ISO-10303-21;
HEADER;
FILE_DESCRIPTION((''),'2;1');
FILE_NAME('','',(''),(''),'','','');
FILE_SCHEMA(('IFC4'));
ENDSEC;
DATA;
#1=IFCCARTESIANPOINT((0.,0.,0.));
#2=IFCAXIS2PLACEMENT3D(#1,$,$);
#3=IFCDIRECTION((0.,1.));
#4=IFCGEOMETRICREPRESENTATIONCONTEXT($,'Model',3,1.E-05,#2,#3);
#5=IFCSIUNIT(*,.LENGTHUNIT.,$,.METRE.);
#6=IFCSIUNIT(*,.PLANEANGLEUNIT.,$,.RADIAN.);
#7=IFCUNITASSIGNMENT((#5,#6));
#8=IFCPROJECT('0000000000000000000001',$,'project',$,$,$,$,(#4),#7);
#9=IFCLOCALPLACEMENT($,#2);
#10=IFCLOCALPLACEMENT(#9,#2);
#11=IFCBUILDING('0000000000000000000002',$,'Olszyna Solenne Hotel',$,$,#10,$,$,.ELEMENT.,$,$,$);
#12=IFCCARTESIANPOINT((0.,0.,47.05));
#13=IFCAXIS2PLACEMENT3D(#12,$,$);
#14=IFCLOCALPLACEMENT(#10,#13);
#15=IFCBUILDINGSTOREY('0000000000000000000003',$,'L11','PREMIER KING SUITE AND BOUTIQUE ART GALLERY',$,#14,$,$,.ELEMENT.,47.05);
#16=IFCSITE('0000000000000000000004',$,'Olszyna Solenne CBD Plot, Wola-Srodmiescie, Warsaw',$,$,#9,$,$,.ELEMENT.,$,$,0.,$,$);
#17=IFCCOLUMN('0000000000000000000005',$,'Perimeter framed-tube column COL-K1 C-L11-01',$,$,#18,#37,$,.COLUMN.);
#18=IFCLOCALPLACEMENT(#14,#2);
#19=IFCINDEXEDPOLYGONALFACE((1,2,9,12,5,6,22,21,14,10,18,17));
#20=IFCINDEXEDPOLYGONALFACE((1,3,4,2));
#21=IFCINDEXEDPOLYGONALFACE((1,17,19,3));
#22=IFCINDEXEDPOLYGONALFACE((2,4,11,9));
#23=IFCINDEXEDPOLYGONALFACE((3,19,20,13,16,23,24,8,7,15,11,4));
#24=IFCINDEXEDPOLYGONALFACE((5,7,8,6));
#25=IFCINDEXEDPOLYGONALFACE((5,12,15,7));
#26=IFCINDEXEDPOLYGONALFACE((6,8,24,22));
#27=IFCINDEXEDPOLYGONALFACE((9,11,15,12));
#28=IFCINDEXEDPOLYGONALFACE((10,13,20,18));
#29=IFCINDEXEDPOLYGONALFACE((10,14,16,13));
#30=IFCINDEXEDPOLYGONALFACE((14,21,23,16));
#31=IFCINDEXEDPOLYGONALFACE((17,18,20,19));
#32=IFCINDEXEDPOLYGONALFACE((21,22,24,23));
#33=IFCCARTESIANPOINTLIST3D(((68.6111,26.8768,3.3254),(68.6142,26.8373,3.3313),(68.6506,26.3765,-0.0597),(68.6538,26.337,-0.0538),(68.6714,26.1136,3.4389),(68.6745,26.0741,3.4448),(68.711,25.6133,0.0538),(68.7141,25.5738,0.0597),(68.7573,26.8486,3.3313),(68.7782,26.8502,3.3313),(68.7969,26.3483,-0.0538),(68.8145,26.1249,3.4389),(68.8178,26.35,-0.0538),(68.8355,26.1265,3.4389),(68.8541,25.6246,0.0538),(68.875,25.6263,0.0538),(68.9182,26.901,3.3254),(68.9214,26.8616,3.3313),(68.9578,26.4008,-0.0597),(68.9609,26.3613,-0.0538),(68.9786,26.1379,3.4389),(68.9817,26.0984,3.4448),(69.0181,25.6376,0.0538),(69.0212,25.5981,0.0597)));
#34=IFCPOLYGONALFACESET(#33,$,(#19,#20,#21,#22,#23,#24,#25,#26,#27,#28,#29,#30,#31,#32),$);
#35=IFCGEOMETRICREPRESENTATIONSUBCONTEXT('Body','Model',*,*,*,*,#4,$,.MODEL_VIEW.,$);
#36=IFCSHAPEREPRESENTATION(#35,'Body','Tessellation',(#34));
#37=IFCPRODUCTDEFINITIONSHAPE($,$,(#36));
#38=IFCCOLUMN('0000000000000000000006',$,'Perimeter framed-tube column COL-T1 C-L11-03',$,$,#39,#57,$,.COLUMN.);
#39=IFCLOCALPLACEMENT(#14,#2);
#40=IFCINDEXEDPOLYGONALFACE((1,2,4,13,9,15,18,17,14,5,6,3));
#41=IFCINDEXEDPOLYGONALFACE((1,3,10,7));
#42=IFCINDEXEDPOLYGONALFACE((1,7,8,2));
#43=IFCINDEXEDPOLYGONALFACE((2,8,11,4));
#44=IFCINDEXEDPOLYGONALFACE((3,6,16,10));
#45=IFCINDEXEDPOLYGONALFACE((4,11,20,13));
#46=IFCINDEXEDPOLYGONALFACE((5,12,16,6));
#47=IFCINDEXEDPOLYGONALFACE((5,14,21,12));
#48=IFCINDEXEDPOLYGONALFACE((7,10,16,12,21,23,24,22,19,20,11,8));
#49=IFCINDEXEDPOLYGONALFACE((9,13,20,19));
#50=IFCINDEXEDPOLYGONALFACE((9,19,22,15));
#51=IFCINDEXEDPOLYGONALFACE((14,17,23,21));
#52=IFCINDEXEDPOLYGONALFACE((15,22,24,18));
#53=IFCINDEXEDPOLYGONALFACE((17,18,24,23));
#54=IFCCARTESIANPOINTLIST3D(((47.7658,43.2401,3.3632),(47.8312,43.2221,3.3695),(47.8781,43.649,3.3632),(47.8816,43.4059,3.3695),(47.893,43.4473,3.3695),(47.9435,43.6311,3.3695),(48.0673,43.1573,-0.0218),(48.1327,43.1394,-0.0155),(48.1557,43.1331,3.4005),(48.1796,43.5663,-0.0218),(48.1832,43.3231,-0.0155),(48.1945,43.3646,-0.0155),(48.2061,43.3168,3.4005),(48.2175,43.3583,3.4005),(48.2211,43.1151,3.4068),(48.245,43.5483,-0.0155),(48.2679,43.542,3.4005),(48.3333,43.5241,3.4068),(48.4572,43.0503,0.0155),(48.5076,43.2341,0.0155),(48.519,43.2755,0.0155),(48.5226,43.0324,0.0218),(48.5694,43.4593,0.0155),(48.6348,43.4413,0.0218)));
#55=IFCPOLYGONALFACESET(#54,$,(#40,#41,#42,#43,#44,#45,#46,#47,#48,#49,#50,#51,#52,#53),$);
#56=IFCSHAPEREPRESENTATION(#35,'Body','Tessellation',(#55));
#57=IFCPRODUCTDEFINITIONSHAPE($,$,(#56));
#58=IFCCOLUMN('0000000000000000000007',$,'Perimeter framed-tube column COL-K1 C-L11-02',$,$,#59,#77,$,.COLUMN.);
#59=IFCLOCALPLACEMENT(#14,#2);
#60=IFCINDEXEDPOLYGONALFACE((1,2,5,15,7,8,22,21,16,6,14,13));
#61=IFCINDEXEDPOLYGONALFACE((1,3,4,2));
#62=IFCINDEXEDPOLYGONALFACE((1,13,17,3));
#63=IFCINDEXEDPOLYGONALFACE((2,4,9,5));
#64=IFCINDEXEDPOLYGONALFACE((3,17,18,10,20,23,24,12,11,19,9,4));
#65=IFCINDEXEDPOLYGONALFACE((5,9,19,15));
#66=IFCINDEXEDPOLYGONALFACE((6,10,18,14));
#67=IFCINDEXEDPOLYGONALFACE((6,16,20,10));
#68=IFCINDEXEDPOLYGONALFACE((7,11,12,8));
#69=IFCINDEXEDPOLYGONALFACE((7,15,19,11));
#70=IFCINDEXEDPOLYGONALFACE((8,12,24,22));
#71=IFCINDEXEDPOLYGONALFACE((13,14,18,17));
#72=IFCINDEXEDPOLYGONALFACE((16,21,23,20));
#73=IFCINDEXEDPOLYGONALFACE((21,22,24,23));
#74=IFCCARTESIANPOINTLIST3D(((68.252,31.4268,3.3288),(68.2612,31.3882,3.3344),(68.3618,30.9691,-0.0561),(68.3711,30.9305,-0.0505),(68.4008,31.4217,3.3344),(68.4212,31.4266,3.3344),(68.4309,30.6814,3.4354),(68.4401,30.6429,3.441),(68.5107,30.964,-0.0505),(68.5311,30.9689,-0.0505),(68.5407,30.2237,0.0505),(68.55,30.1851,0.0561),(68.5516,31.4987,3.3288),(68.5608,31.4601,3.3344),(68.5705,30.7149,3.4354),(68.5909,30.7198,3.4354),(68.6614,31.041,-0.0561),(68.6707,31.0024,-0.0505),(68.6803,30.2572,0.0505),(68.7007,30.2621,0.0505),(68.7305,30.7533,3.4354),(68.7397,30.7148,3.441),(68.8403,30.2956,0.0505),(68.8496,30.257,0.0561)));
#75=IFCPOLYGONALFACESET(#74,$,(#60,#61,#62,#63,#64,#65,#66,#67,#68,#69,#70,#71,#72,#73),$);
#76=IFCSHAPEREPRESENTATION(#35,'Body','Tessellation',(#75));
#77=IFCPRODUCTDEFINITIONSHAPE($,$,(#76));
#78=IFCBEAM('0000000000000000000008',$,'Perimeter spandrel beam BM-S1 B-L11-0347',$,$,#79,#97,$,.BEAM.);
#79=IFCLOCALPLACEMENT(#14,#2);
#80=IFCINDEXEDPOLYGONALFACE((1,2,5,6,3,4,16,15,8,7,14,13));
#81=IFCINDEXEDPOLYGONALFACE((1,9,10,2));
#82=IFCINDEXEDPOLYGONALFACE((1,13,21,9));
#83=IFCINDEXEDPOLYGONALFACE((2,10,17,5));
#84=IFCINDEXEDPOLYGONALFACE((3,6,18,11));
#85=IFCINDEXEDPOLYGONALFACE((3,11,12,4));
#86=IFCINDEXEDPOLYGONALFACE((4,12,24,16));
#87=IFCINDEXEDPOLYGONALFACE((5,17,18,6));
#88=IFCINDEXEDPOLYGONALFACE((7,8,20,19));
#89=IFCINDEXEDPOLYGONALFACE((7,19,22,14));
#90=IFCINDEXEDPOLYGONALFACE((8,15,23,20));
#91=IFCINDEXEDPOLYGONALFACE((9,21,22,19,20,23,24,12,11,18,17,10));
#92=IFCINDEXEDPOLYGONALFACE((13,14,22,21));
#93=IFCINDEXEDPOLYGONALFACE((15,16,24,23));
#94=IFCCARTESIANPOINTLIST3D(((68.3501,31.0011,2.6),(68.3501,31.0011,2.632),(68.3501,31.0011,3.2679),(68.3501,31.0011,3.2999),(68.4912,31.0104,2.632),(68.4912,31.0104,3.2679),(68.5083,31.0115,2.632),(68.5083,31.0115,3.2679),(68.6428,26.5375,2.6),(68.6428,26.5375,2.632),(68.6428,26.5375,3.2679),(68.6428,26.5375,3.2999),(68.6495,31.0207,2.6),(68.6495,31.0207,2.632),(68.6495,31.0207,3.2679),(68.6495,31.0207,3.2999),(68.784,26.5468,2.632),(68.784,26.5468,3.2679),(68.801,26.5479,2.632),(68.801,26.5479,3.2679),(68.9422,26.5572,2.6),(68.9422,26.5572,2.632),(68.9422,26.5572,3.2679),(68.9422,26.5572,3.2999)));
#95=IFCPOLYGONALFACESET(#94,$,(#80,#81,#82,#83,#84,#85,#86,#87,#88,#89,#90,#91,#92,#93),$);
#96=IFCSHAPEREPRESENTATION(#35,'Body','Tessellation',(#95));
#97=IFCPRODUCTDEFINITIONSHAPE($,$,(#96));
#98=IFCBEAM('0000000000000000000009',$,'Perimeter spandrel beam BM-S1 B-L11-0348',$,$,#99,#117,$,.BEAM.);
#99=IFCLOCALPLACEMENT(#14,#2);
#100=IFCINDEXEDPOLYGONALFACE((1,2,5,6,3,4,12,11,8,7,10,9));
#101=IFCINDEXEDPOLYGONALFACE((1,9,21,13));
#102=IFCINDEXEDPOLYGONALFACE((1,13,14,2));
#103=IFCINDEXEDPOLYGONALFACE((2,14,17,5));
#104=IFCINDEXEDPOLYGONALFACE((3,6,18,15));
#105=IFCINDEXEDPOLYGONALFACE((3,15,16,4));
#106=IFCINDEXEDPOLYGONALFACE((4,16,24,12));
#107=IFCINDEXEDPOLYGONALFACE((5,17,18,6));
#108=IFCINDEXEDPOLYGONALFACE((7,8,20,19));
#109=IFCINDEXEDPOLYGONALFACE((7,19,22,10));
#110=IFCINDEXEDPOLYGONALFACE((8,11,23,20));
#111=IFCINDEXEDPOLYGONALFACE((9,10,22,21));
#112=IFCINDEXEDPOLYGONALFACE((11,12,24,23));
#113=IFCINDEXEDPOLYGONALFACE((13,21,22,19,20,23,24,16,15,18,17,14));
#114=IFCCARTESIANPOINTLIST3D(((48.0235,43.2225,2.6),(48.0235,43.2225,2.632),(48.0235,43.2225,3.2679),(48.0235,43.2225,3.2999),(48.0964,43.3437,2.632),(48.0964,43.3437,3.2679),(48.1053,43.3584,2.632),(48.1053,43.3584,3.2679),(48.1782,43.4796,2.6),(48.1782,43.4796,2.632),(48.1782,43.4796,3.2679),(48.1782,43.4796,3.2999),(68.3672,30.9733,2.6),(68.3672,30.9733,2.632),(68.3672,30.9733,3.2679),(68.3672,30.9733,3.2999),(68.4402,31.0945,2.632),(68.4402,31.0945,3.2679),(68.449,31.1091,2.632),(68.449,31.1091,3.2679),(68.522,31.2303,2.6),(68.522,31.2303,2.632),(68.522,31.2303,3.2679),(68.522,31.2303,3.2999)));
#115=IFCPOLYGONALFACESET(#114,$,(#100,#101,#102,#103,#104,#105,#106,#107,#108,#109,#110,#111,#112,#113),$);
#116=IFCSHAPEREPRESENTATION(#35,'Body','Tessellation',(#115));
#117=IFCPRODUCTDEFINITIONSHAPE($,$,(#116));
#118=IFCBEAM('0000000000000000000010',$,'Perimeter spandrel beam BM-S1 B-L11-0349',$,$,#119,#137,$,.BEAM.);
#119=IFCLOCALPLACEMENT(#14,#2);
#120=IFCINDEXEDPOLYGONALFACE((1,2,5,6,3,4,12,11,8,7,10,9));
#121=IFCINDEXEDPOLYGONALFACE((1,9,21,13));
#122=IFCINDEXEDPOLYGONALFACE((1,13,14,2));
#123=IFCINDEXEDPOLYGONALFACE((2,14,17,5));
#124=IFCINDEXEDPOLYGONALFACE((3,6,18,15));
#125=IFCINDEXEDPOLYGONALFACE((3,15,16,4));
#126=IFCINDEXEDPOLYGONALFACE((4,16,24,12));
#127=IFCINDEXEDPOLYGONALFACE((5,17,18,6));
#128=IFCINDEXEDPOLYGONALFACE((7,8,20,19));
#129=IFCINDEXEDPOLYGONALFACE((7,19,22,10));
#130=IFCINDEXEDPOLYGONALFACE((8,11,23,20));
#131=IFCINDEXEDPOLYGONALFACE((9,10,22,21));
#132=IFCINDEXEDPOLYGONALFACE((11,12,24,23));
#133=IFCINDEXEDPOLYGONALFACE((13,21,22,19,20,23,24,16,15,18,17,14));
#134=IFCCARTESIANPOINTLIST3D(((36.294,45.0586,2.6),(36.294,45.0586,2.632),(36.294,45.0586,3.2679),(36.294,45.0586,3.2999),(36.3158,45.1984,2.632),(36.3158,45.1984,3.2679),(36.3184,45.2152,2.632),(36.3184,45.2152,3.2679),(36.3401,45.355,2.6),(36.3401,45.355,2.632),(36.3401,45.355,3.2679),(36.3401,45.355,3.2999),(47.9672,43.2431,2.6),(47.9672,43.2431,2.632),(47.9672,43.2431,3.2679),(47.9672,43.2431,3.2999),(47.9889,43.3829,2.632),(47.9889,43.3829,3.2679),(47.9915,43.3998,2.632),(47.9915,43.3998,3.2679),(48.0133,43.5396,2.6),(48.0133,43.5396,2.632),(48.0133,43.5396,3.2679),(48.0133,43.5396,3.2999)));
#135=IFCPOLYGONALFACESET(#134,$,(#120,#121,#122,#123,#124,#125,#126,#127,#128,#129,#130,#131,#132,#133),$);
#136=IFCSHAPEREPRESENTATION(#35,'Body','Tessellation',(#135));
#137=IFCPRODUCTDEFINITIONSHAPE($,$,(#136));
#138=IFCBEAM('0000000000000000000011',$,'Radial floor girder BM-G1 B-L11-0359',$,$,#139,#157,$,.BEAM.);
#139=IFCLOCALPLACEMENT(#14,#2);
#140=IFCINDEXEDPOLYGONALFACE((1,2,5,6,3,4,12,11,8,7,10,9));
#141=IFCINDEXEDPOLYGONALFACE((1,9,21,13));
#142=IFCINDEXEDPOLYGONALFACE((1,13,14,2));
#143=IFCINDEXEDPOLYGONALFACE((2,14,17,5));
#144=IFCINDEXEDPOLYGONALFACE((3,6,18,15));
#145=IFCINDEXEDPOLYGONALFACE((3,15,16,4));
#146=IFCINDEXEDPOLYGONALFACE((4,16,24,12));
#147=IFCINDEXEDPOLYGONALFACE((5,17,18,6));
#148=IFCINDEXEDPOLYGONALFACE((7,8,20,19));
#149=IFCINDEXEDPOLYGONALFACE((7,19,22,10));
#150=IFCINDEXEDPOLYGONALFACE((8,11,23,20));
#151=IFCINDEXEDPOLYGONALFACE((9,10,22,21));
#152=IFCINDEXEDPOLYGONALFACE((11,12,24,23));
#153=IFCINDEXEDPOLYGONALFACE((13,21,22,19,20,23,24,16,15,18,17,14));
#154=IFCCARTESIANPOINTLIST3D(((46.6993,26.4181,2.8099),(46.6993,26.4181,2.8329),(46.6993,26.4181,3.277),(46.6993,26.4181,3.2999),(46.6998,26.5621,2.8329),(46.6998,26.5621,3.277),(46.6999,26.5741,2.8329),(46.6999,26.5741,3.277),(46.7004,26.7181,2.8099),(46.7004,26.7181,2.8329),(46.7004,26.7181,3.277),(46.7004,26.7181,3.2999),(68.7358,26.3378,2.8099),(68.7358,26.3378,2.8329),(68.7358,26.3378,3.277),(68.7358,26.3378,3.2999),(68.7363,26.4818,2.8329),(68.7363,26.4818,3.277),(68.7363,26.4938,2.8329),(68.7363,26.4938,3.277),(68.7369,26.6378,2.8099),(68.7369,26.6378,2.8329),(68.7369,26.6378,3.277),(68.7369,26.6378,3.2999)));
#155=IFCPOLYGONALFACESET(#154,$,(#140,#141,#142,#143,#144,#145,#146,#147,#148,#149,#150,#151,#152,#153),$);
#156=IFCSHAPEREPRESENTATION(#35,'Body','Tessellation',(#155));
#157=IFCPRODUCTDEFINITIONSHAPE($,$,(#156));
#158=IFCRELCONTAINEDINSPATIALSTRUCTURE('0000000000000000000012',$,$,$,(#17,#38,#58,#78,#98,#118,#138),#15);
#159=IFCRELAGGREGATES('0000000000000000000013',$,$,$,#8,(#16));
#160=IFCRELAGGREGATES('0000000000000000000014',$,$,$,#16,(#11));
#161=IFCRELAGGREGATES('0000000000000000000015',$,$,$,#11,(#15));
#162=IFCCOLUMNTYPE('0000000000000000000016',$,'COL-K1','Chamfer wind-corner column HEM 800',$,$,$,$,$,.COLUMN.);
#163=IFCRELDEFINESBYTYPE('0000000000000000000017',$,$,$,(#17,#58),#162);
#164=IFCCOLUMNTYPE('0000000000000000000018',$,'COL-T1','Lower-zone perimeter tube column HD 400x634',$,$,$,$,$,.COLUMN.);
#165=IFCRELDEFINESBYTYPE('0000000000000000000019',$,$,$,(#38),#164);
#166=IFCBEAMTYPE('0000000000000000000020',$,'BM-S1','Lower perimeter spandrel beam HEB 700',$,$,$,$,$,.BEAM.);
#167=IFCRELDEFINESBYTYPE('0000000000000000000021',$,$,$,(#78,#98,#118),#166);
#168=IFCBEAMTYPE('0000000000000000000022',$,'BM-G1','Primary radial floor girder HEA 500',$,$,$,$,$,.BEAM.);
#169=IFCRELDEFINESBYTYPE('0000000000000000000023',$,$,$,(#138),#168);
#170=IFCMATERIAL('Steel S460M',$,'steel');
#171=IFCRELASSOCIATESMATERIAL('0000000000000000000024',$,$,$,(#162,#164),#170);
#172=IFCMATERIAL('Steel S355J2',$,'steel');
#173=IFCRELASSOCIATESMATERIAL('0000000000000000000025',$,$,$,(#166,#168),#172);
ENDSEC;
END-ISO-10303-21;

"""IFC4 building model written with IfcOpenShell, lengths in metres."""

from ifc_helpers import new_model, si_unit, direction, frame, origin, origin_2d, place, context, subcontext, project, spatial, i_section, extrude, source, transform, mapped, material, material_profile, profile_set, type_object, element, save


model = new_model("IFC4")

# Units and contexts
model_context = context("Model", 3, precision=1e-05, world=origin(), true_north=direction((0.0, 1.0)))
body_context = subcontext(model_context, "Body", "Model", "MODEL_VIEW")
ifc_project = project(units=[si_unit("LENGTHUNIT", "METRE"), si_unit("PLANEANGLEUNIT", "RADIAN")], contexts=[model_context])

# Site, building, storey
site_placement = place(None, origin())
site = spatial("IfcSite", under=ifc_project, at=site_placement, Name="Olszyna Solenne CBD Plot, Wola-Srodmiescie, Warsaw", CompositionType="ELEMENT", RefElevation=0.0)
building_placement = place(site_placement, origin())
building = spatial("IfcBuilding", under=site, at=building_placement, Name="Olszyna Solenne Hotel", CompositionType="ELEMENT")
storey_placement = place(building_placement, frame((0.0, 0.0, 47.05)))
storey = spatial("IfcBuildingStorey", under=building, at=storey_placement, Name="L11", Description="PREMIER KING SUITE AND BOUTIQUE ART GALLERY", CompositionType="ELEMENT", Elevation=47.05)

# Columns
ifc_material_1 = material(Name="Steel S460M", Category="steel")
ifc_material_profile_1 = material_profile(ifc_material_1, i_section(OverallWidth=0.3081, OverallDepth=0.814, WebThickness=0.021, FlangeThickness=0.04, at=origin_2d()), Name="HEM 800", Category="load-bearing")
ifc_profile_set_1 = profile_set([ifc_material_profile_1], Name="Steel S460M")
column_type_1 = type_object("IfcColumnType", Name="COL-K1", Description="Chamfer wind-corner column HEM 800", PredefinedType="COLUMN", material=ifc_profile_set_1)
shared_shape_1 = source(origin(), body_context, "Body", "SweptSolid", [
    extrude(i_section(OverallWidth=0.3081, OverallDepth=0.814, WebThickness=0.021, FlangeThickness=0.04, at=origin_2d()), origin(), (0.0, 0.0, 1.0), 3.4221),
])
column_1_placement = place(storey_placement, frame((68.8359, 25.9873, 0.0), z_axis=(-0.011558, 0.146185, 0.98919), x_axis=(-0.996889, -0.078817, 0.0)))
element("IfcColumn", 1, at=column_1_placement, inside=storey, type_object=column_type_1, Name="Perimeter framed-tube column COL-K1 C-L11-01", PredefinedType="COLUMN", context=body_context, shape_type="MappedRepresentation", body=[
    mapped(shared_shape_1, transform((0.0, 0.0, 0.0), x_axis=(1.0, 0.0, 0.0), y_axis=(0.0, 1.0, 0.0), z_axis=(0.0, 0.0, 1.0), scale=1.0)),
])
ifc_material_profile_2 = material_profile(ifc_material_1, i_section(OverallWidth=0.4241, OverallDepth=0.4741, WebThickness=0.043, FlangeThickness=0.0681, at=origin_2d()), Name="HD 400x634", Category="load-bearing")
ifc_profile_set_2 = profile_set([ifc_material_profile_2], Name="Steel S460M")
column_type_2 = type_object("IfcColumnType", Name="COL-T1", Description="Lower-zone perimeter tube column HD 400x634", PredefinedType="COLUMN", material=ifc_profile_set_2)
shared_shape_2 = source(origin(), body_context, "Body", "SweptSolid", [
    extrude(i_section(OverallWidth=0.4241, OverallDepth=0.4741, WebThickness=0.043, FlangeThickness=0.0681, at=origin_2d()), origin(), (0.0, 0.0, 1.0), 3.3994),
])
column_2_placement = place(storey_placement, frame((48.3511, 43.2993, 0.0), z_axis=(-0.088696, 0.024346, 0.995761), x_axis=(-0.264703, -0.96433, 0.0)))
element("IfcColumn", 2, at=column_2_placement, inside=storey, type_object=column_type_2, Name="Perimeter framed-tube column COL-T1 C-L11-03", PredefinedType="COLUMN", context=body_context, shape_type="MappedRepresentation", body=[
    mapped(shared_shape_2, transform((0.0, 0.0, 0.0), x_axis=(1.0, 0.0, 0.0), y_axis=(0.0, 1.0, 0.0), z_axis=(0.0, 0.0, 1.0), scale=1.0)),
])
shared_shape_3 = source(origin(), body_context, "Body", "SweptSolid", [
    extrude(i_section(OverallWidth=0.3081, OverallDepth=0.814, WebThickness=0.021, FlangeThickness=0.04, at=origin_2d()), origin(), (0.0, 0.0, 1.0), 3.4175),
])
column_3_placement = place(storey_placement, frame((68.6057, 30.613, 0.0), z_axis=(-0.032146, 0.133943, 0.990467), x_axis=(-0.972387, -0.233373, 0.0)))
element("IfcColumn", 3, at=column_3_placement, inside=storey, type_object=column_type_1, Name="Perimeter framed-tube column COL-K1 C-L11-02", PredefinedType="COLUMN", context=body_context, shape_type="MappedRepresentation", body=[
    mapped(shared_shape_3, transform((0.0, 0.0, 0.0), x_axis=(1.0, 0.0, 0.0), y_axis=(0.0, 1.0, 0.0), z_axis=(0.0, 0.0, 1.0), scale=1.0)),
])

# Beams
ifc_material_2 = material(Name="Steel S355J2", Category="steel")
ifc_material_profile_3 = material_profile(ifc_material_2, i_section(OverallWidth=0.3, OverallDepth=0.7, WebThickness=0.0171, FlangeThickness=0.032, at=origin_2d()), Name="HEB 700", Category="load-bearing")
ifc_profile_set_3 = profile_set([ifc_material_profile_3], Name="Steel S355J2")
beam_type_1 = type_object("IfcBeamType", Name="BM-S1", Description="Lower perimeter spandrel beam HEB 700", PredefinedType="BEAM", material=ifc_profile_set_3)
shared_shape_4 = source(origin(), body_context, "Body", "SweptSolid", [
    extrude(i_section(OverallWidth=0.3, OverallDepth=0.7, WebThickness=0.0171, FlangeThickness=0.032, at=origin_2d()), origin(), (0.0, 0.0, 1.0), 4.4731),
])
beam_1_placement = place(storey_placement, frame((68.7925, 26.5474, 2.95), z_axis=(-0.065439, 0.997857, 0.0), x_axis=(-0.997857, -0.065439, 0.0)))
element("IfcBeam", 4, at=beam_1_placement, inside=storey, type_object=beam_type_1, Name="Perimeter spandrel beam BM-S1 B-L11-0347", PredefinedType="BEAM", context=body_context, shape_type="MappedRepresentation", body=[
    mapped(shared_shape_4, transform((0.0, 0.0, 0.0), x_axis=(1.0, 0.0, 0.0), y_axis=(0.0, 1.0, 0.0), z_axis=(0.0, 0.0, 1.0), scale=1.0)),
])
shared_shape_5 = source(origin(), body_context, "Body", "SweptSolid", [
    extrude(i_section(OverallWidth=0.3, OverallDepth=0.7, WebThickness=0.0171, FlangeThickness=0.032, at=origin_2d()), origin(), (0.0, 0.0, 1.0), 23.7468),
])
beam_2_placement = place(storey_placement, frame((68.4446, 31.1018, 2.95), z_axis=(-0.856693, 0.515827, 0.0), x_axis=(-0.515827, -0.856693, 0.0)))
element("IfcBeam", 5, at=beam_2_placement, inside=storey, type_object=beam_type_1, Name="Perimeter spandrel beam BM-S1 B-L11-0348", PredefinedType="BEAM", context=body_context, shape_type="MappedRepresentation", body=[
    mapped(shared_shape_5, transform((0.0, 0.0, 0.0), x_axis=(1.0, 0.0, 0.0), y_axis=(0.0, 1.0, 0.0), z_axis=(0.0, 0.0, 1.0), scale=1.0)),
])
shared_shape_6 = source(origin(), body_context, "Body", "SweptSolid", [
    extrude(i_section(OverallWidth=0.3, OverallDepth=0.7, WebThickness=0.0171, FlangeThickness=0.032, at=origin_2d()), origin(), (0.0, 0.0, 1.0), 11.8135),
])
beam_3_placement = place(storey_placement, frame((47.9902, 43.3914, 2.95), z_axis=(-0.988121, 0.153675, 0.0), x_axis=(-0.153675, -0.988121, 0.0)))
element("IfcBeam", 6, at=beam_3_placement, inside=storey, type_object=beam_type_1, Name="Perimeter spandrel beam BM-S1 B-L11-0349", PredefinedType="BEAM", context=body_context, shape_type="MappedRepresentation", body=[
    mapped(shared_shape_6, transform((0.0, 0.0, 0.0), x_axis=(1.0, 0.0, 0.0), y_axis=(0.0, 1.0, 0.0), z_axis=(0.0, 0.0, 1.0), scale=1.0)),
])
ifc_material_profile_4 = material_profile(ifc_material_2, i_section(OverallWidth=0.3, OverallDepth=0.49, WebThickness=0.012, FlangeThickness=0.0229, at=origin_2d()), Name="HEA 500", Category="load-bearing")
ifc_profile_set_4 = profile_set([ifc_material_profile_4], Name="Steel S355J2")
beam_type_2 = type_object("IfcBeamType", Name="BM-G1", Description="Primary radial floor girder HEA 500", PredefinedType="BEAM", material=ifc_profile_set_4)
shared_shape_7 = source(origin(), body_context, "Body", "SweptSolid", [
    extrude(i_section(OverallWidth=0.3, OverallDepth=0.49, WebThickness=0.012, FlangeThickness=0.0229, at=origin_2d()), origin(), (0.0, 0.0, 1.0), 22.0366),
])
beam_4_placement = place(storey_placement, frame((68.7363, 26.4878, 3.0549), z_axis=(-0.999993, 0.003645, 0.0), x_axis=(-0.003645, -0.999993, 0.0)))
element("IfcBeam", 7, at=beam_4_placement, inside=storey, type_object=beam_type_2, Name="Radial floor girder BM-G1 B-L11-0359", PredefinedType="BEAM", context=body_context, shape_type="MappedRepresentation", body=[
    mapped(shared_shape_7, transform((0.0, 0.0, 0.0), x_axis=(1.0, 0.0, 0.0), y_axis=(0.0, 1.0, 0.0), z_axis=(0.0, 0.0, 1.0), scale=1.0)),
])

save(model, "model.ifc")
